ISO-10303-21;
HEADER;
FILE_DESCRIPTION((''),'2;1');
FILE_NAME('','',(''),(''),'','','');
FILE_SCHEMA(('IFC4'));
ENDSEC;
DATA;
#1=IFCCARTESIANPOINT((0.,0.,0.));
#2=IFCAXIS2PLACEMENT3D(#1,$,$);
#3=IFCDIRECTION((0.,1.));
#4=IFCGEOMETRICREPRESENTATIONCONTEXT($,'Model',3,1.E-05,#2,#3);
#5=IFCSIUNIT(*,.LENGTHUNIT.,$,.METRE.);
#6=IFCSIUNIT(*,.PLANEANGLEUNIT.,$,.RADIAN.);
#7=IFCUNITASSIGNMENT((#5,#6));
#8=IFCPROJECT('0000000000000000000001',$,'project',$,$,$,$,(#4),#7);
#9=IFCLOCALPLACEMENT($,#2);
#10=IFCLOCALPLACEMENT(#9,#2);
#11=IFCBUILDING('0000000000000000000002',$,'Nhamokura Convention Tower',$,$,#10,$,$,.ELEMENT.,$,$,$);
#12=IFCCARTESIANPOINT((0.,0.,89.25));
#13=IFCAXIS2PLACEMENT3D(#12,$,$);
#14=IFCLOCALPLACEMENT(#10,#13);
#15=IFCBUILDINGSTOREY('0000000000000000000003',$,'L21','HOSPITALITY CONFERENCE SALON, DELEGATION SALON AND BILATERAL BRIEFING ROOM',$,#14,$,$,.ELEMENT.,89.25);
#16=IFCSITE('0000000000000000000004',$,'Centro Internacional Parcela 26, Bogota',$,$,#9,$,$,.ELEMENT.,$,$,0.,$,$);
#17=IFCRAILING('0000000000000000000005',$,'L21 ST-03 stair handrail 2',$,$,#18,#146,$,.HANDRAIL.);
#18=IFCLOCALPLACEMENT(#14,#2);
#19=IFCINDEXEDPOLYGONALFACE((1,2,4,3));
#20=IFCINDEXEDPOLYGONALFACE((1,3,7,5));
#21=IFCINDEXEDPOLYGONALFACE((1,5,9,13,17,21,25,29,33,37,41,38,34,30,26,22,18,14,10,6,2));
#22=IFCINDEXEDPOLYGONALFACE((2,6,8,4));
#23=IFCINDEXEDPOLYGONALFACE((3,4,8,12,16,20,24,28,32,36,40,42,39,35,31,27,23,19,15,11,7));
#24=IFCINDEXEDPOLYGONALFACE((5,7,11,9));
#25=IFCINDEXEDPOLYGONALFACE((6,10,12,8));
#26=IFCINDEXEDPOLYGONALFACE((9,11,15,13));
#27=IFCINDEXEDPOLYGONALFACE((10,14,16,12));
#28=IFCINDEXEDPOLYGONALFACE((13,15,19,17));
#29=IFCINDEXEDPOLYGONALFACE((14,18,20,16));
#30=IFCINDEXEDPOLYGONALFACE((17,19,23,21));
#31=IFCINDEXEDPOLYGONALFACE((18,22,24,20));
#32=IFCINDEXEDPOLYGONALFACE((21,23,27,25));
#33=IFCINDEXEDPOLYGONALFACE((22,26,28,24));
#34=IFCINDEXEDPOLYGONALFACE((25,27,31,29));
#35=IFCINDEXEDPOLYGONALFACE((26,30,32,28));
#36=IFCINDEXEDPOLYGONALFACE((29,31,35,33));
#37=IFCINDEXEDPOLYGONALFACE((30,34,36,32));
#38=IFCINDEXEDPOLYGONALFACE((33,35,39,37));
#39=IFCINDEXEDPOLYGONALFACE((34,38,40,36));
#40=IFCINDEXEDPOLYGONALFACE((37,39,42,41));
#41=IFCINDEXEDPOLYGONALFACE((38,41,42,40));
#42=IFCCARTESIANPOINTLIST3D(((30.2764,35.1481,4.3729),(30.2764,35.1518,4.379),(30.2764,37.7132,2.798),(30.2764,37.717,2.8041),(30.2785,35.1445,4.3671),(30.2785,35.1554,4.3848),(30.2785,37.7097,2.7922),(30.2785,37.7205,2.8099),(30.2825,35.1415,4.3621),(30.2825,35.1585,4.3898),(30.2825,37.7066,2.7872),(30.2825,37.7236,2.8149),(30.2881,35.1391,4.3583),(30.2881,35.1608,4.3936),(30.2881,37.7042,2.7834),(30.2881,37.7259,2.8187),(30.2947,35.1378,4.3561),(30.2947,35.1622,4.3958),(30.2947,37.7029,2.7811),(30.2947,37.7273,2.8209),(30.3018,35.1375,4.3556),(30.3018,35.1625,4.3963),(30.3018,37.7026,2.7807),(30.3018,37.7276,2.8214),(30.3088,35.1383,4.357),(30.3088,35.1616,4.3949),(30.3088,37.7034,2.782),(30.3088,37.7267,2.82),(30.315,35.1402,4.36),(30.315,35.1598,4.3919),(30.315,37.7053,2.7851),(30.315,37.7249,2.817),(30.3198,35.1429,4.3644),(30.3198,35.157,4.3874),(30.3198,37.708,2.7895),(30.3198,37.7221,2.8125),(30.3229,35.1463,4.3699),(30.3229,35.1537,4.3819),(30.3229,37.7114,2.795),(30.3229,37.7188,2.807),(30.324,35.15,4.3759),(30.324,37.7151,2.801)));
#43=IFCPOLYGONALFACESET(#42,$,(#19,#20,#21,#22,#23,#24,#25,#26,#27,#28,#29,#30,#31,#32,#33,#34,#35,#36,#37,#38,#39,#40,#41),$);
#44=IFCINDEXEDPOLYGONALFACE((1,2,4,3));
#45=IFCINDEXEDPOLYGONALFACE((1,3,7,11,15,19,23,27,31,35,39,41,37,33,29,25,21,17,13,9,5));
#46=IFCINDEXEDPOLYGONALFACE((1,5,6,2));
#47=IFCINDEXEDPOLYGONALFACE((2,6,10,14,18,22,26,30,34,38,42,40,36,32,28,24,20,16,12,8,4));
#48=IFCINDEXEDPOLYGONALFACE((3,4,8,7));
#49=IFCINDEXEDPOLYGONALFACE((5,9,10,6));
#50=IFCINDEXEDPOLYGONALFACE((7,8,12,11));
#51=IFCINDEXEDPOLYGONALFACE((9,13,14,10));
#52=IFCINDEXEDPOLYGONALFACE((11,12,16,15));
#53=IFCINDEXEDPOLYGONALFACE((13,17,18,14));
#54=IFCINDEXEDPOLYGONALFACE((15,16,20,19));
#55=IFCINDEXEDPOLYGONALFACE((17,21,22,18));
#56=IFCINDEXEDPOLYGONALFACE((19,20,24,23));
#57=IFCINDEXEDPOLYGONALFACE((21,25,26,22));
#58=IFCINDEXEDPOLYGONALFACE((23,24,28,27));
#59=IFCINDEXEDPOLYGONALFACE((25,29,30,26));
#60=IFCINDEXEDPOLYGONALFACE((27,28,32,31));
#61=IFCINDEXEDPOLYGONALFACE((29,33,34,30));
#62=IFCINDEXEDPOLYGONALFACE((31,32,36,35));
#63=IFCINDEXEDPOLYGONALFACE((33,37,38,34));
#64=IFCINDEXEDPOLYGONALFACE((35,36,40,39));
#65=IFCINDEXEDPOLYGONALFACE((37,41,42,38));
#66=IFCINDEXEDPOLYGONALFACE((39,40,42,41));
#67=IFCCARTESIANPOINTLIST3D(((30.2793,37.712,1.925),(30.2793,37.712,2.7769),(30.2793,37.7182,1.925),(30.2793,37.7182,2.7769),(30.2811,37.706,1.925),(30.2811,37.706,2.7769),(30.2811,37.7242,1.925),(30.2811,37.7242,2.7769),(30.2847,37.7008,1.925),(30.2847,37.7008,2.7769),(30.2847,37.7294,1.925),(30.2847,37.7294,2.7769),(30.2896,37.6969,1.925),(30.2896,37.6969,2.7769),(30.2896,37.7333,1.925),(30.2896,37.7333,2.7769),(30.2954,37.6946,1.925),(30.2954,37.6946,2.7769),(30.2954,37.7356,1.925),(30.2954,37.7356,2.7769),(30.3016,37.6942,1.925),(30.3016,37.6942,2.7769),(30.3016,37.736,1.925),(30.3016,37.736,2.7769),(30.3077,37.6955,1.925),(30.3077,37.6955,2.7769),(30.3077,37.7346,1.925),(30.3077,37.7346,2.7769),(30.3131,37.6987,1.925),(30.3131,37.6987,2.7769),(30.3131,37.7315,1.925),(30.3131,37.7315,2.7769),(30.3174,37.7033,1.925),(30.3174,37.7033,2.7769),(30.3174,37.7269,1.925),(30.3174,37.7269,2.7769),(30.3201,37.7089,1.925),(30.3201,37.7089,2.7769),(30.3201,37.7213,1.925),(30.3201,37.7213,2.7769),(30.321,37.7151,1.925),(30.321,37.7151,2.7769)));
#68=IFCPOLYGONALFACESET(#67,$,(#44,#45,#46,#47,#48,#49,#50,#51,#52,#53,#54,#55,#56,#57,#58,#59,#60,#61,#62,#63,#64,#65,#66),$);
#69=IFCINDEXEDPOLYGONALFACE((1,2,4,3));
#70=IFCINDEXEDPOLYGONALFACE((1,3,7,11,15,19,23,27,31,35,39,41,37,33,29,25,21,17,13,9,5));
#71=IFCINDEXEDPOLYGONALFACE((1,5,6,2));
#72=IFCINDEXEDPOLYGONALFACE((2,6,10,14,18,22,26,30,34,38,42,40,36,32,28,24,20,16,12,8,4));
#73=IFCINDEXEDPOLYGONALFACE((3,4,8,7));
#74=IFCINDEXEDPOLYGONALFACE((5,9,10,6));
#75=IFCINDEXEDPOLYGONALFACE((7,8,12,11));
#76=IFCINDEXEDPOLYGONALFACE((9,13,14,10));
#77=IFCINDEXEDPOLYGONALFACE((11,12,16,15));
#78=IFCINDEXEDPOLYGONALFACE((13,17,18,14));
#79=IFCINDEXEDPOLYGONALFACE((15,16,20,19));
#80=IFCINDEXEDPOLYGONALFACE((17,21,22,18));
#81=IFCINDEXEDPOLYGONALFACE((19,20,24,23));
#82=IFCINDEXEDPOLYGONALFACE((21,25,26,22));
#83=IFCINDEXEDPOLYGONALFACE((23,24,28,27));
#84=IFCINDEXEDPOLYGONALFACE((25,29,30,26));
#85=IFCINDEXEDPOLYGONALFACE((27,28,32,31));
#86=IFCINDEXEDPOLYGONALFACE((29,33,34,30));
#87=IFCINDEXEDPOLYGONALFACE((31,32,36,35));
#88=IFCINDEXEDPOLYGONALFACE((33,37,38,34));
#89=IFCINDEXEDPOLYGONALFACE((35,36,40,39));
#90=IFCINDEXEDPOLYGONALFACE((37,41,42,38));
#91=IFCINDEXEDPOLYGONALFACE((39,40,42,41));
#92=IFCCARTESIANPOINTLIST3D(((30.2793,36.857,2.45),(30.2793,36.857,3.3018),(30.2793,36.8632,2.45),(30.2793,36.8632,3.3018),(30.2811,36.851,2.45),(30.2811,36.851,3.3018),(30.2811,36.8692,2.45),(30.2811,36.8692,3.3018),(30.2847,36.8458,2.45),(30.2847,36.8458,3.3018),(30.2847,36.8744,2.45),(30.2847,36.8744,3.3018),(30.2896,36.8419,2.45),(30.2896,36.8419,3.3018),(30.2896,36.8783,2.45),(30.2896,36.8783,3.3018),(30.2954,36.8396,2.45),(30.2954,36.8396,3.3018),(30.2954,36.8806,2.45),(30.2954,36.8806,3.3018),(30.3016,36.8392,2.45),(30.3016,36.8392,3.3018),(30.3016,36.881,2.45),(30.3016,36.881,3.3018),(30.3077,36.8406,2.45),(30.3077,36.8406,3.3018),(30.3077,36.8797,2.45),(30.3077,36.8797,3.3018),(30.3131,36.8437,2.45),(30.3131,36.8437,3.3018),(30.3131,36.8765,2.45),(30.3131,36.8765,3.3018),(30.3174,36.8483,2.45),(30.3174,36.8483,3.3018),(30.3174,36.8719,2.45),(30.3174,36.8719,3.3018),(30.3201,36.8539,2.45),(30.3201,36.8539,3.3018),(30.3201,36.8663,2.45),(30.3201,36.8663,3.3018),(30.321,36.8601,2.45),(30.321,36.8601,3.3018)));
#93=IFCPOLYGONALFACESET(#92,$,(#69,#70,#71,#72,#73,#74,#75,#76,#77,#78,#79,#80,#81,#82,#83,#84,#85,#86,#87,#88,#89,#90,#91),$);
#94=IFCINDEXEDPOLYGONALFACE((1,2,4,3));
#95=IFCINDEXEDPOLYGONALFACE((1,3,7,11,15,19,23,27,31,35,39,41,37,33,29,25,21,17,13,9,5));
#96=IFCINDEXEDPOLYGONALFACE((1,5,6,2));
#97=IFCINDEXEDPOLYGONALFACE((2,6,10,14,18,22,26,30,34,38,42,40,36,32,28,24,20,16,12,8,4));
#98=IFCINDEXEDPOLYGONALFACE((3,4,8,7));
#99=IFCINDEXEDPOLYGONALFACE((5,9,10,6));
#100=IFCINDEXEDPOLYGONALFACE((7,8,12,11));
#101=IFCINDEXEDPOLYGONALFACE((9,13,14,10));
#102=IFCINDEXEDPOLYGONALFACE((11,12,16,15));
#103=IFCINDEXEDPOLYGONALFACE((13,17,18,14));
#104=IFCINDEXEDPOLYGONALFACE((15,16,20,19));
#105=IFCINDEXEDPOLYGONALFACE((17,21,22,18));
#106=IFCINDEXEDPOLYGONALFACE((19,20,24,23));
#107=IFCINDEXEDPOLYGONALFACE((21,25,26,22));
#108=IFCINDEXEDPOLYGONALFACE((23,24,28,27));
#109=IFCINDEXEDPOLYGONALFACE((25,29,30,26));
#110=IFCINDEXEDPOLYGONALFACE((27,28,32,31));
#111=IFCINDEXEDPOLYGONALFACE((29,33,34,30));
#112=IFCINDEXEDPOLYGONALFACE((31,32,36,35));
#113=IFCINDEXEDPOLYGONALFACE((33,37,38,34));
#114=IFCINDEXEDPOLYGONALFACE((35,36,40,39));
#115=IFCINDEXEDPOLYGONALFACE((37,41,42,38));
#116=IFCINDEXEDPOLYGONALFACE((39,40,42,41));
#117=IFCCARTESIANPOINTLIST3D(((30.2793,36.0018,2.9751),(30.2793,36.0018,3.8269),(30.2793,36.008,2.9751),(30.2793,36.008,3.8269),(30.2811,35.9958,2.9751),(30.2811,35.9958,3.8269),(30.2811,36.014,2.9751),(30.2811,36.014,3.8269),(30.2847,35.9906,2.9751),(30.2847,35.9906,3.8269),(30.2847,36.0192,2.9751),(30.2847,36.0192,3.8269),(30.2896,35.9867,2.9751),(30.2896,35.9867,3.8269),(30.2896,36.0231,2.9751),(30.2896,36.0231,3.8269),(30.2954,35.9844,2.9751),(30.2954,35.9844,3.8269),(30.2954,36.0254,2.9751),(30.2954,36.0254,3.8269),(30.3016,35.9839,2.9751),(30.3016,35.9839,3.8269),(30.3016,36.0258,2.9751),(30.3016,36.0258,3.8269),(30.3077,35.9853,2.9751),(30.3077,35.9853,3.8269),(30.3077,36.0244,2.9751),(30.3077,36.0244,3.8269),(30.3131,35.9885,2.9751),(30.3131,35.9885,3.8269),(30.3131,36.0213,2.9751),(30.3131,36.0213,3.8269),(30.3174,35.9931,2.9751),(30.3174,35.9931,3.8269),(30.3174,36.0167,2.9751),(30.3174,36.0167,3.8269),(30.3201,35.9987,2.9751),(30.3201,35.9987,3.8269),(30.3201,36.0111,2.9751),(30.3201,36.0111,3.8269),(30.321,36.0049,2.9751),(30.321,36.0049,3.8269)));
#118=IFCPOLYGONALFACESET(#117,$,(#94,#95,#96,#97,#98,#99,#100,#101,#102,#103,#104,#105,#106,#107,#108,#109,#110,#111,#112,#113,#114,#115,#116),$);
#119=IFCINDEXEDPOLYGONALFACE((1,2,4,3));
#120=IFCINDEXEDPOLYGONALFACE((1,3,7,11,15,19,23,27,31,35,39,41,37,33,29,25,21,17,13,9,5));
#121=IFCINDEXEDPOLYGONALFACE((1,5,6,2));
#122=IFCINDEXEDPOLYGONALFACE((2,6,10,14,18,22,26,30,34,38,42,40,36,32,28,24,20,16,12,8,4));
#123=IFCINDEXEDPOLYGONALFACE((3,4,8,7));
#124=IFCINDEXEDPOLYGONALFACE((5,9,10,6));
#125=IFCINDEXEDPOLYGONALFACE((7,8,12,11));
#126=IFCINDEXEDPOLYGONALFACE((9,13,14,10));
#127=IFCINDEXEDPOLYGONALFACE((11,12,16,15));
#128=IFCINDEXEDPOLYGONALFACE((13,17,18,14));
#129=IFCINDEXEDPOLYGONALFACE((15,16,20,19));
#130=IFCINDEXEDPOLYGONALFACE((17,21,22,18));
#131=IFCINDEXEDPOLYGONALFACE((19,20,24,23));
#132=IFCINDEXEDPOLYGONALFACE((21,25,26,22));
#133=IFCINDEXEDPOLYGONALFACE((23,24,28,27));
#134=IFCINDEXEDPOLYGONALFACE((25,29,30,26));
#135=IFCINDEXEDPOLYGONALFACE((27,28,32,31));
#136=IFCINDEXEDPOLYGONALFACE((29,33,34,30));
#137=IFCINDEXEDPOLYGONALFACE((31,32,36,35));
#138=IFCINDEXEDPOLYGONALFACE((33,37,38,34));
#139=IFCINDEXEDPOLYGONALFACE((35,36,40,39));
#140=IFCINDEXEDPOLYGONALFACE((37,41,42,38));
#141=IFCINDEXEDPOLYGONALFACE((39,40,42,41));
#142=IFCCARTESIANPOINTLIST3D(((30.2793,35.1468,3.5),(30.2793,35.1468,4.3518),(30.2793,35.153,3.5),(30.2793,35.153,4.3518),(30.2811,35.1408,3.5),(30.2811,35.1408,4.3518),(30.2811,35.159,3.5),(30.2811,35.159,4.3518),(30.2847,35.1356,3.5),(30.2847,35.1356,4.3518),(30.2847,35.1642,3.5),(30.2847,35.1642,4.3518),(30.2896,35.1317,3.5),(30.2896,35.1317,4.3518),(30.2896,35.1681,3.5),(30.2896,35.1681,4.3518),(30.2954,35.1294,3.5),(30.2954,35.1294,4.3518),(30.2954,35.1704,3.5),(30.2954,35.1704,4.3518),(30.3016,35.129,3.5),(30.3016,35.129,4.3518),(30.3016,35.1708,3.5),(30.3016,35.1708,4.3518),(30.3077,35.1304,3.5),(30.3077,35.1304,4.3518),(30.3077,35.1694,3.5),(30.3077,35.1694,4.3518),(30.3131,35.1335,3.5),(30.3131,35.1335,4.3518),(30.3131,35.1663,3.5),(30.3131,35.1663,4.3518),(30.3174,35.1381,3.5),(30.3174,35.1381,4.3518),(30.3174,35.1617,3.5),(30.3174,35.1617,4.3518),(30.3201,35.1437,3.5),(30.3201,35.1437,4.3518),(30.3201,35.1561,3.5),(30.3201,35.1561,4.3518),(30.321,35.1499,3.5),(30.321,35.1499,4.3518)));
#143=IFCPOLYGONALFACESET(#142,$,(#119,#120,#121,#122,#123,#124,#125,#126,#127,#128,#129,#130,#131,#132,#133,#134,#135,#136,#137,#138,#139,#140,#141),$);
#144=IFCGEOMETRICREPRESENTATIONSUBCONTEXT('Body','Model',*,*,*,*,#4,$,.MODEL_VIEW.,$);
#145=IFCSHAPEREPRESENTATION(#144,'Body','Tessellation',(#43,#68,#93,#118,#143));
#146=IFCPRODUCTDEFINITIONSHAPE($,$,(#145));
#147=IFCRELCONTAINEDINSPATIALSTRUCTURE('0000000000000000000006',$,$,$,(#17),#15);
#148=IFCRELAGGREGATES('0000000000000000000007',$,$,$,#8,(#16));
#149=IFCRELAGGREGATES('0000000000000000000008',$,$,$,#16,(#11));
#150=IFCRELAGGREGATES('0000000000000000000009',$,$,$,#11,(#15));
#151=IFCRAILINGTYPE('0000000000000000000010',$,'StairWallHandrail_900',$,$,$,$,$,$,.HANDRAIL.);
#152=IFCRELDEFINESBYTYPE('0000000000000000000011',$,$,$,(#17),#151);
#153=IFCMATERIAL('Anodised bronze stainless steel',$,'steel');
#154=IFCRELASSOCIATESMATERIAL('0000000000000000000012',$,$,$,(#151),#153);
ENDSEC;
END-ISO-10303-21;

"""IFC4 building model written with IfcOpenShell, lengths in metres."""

from ifc_helpers import new_model, si_unit, direction, frame, origin, origin_2d, place, context, subcontext, project, spatial, circle, extrude, material, type_object, element, save


model = new_model("IFC4")

# Units and contexts
model_context = context("Model", 3, precision=1e-05, world=origin(), true_north=direction((0.0, 1.0)))
body_context = subcontext(model_context, "Body", "Model", "MODEL_VIEW")
ifc_project = project(units=[si_unit("LENGTHUNIT", "METRE"), si_unit("PLANEANGLEUNIT", "RADIAN")], contexts=[model_context])

# Site, building, storey
site_placement = place(None, origin())
site = spatial("IfcSite", under=ifc_project, at=site_placement, Name="Centro Internacional Parcela 26, Bogota", CompositionType="ELEMENT", RefElevation=0.0)
building_placement = place(site_placement, origin())
building = spatial("IfcBuilding", under=site, at=building_placement, Name="Nhamokura Convention Tower", CompositionType="ELEMENT")
storey_placement = place(building_placement, frame((0.0, 0.0, 89.25)))
storey = spatial("IfcBuildingStorey", under=building, at=storey_placement, Name="L21", Description="HOSPITALITY CONFERENCE SALON, DELEGATION SALON AND BILATERAL BRIEFING ROOM", CompositionType="ELEMENT", Elevation=89.25)

# Railing
ifc_material_1 = material(Name="Anodised bronze stainless steel", Category="steel")
railing_type_1 = type_object("IfcRailingType", Name="StairWallHandrail_900", PredefinedType="HANDRAIL", material=ifc_material_1)
railing_1_placement = place(storey_placement, frame((30.3, 37.7151, 1.925)))
element("IfcRailing", 1, at=railing_1_placement, inside=storey, type_object=railing_type_1, Name="L21 ST-03 stair handrail 2", PredefinedType="HANDRAIL", context=body_context, shape_type="SweptSolid", body=[
    extrude(circle(Radius=0.0239, at=origin_2d()), frame((0.0, 0.0, 0.876), z_axis=(0.0, -0.852195, 0.523224), x_axis=(1.0, 0.0, 0.0)), (0.0, 0.0, 1.0), 3.01),
    extrude(circle(Radius=0.021, at=origin_2d()), origin(), (0.0, 0.0, 1.0), 0.8518),
    extrude(circle(Radius=0.021, at=origin_2d()), frame((0.0, -0.855, 0.5249)), (0.0, 0.0, 1.0), 0.8518),
    extrude(circle(Radius=0.021, at=origin_2d()), frame((0.0, -1.7102, 1.05)), (0.0, 0.0, 1.0), 0.8518),
    extrude(circle(Radius=0.021, at=origin_2d()), frame((0.0, -2.5652, 1.575)), (0.0, 0.0, 1.0), 0.8518),
])

save(model, "model.ifc")
